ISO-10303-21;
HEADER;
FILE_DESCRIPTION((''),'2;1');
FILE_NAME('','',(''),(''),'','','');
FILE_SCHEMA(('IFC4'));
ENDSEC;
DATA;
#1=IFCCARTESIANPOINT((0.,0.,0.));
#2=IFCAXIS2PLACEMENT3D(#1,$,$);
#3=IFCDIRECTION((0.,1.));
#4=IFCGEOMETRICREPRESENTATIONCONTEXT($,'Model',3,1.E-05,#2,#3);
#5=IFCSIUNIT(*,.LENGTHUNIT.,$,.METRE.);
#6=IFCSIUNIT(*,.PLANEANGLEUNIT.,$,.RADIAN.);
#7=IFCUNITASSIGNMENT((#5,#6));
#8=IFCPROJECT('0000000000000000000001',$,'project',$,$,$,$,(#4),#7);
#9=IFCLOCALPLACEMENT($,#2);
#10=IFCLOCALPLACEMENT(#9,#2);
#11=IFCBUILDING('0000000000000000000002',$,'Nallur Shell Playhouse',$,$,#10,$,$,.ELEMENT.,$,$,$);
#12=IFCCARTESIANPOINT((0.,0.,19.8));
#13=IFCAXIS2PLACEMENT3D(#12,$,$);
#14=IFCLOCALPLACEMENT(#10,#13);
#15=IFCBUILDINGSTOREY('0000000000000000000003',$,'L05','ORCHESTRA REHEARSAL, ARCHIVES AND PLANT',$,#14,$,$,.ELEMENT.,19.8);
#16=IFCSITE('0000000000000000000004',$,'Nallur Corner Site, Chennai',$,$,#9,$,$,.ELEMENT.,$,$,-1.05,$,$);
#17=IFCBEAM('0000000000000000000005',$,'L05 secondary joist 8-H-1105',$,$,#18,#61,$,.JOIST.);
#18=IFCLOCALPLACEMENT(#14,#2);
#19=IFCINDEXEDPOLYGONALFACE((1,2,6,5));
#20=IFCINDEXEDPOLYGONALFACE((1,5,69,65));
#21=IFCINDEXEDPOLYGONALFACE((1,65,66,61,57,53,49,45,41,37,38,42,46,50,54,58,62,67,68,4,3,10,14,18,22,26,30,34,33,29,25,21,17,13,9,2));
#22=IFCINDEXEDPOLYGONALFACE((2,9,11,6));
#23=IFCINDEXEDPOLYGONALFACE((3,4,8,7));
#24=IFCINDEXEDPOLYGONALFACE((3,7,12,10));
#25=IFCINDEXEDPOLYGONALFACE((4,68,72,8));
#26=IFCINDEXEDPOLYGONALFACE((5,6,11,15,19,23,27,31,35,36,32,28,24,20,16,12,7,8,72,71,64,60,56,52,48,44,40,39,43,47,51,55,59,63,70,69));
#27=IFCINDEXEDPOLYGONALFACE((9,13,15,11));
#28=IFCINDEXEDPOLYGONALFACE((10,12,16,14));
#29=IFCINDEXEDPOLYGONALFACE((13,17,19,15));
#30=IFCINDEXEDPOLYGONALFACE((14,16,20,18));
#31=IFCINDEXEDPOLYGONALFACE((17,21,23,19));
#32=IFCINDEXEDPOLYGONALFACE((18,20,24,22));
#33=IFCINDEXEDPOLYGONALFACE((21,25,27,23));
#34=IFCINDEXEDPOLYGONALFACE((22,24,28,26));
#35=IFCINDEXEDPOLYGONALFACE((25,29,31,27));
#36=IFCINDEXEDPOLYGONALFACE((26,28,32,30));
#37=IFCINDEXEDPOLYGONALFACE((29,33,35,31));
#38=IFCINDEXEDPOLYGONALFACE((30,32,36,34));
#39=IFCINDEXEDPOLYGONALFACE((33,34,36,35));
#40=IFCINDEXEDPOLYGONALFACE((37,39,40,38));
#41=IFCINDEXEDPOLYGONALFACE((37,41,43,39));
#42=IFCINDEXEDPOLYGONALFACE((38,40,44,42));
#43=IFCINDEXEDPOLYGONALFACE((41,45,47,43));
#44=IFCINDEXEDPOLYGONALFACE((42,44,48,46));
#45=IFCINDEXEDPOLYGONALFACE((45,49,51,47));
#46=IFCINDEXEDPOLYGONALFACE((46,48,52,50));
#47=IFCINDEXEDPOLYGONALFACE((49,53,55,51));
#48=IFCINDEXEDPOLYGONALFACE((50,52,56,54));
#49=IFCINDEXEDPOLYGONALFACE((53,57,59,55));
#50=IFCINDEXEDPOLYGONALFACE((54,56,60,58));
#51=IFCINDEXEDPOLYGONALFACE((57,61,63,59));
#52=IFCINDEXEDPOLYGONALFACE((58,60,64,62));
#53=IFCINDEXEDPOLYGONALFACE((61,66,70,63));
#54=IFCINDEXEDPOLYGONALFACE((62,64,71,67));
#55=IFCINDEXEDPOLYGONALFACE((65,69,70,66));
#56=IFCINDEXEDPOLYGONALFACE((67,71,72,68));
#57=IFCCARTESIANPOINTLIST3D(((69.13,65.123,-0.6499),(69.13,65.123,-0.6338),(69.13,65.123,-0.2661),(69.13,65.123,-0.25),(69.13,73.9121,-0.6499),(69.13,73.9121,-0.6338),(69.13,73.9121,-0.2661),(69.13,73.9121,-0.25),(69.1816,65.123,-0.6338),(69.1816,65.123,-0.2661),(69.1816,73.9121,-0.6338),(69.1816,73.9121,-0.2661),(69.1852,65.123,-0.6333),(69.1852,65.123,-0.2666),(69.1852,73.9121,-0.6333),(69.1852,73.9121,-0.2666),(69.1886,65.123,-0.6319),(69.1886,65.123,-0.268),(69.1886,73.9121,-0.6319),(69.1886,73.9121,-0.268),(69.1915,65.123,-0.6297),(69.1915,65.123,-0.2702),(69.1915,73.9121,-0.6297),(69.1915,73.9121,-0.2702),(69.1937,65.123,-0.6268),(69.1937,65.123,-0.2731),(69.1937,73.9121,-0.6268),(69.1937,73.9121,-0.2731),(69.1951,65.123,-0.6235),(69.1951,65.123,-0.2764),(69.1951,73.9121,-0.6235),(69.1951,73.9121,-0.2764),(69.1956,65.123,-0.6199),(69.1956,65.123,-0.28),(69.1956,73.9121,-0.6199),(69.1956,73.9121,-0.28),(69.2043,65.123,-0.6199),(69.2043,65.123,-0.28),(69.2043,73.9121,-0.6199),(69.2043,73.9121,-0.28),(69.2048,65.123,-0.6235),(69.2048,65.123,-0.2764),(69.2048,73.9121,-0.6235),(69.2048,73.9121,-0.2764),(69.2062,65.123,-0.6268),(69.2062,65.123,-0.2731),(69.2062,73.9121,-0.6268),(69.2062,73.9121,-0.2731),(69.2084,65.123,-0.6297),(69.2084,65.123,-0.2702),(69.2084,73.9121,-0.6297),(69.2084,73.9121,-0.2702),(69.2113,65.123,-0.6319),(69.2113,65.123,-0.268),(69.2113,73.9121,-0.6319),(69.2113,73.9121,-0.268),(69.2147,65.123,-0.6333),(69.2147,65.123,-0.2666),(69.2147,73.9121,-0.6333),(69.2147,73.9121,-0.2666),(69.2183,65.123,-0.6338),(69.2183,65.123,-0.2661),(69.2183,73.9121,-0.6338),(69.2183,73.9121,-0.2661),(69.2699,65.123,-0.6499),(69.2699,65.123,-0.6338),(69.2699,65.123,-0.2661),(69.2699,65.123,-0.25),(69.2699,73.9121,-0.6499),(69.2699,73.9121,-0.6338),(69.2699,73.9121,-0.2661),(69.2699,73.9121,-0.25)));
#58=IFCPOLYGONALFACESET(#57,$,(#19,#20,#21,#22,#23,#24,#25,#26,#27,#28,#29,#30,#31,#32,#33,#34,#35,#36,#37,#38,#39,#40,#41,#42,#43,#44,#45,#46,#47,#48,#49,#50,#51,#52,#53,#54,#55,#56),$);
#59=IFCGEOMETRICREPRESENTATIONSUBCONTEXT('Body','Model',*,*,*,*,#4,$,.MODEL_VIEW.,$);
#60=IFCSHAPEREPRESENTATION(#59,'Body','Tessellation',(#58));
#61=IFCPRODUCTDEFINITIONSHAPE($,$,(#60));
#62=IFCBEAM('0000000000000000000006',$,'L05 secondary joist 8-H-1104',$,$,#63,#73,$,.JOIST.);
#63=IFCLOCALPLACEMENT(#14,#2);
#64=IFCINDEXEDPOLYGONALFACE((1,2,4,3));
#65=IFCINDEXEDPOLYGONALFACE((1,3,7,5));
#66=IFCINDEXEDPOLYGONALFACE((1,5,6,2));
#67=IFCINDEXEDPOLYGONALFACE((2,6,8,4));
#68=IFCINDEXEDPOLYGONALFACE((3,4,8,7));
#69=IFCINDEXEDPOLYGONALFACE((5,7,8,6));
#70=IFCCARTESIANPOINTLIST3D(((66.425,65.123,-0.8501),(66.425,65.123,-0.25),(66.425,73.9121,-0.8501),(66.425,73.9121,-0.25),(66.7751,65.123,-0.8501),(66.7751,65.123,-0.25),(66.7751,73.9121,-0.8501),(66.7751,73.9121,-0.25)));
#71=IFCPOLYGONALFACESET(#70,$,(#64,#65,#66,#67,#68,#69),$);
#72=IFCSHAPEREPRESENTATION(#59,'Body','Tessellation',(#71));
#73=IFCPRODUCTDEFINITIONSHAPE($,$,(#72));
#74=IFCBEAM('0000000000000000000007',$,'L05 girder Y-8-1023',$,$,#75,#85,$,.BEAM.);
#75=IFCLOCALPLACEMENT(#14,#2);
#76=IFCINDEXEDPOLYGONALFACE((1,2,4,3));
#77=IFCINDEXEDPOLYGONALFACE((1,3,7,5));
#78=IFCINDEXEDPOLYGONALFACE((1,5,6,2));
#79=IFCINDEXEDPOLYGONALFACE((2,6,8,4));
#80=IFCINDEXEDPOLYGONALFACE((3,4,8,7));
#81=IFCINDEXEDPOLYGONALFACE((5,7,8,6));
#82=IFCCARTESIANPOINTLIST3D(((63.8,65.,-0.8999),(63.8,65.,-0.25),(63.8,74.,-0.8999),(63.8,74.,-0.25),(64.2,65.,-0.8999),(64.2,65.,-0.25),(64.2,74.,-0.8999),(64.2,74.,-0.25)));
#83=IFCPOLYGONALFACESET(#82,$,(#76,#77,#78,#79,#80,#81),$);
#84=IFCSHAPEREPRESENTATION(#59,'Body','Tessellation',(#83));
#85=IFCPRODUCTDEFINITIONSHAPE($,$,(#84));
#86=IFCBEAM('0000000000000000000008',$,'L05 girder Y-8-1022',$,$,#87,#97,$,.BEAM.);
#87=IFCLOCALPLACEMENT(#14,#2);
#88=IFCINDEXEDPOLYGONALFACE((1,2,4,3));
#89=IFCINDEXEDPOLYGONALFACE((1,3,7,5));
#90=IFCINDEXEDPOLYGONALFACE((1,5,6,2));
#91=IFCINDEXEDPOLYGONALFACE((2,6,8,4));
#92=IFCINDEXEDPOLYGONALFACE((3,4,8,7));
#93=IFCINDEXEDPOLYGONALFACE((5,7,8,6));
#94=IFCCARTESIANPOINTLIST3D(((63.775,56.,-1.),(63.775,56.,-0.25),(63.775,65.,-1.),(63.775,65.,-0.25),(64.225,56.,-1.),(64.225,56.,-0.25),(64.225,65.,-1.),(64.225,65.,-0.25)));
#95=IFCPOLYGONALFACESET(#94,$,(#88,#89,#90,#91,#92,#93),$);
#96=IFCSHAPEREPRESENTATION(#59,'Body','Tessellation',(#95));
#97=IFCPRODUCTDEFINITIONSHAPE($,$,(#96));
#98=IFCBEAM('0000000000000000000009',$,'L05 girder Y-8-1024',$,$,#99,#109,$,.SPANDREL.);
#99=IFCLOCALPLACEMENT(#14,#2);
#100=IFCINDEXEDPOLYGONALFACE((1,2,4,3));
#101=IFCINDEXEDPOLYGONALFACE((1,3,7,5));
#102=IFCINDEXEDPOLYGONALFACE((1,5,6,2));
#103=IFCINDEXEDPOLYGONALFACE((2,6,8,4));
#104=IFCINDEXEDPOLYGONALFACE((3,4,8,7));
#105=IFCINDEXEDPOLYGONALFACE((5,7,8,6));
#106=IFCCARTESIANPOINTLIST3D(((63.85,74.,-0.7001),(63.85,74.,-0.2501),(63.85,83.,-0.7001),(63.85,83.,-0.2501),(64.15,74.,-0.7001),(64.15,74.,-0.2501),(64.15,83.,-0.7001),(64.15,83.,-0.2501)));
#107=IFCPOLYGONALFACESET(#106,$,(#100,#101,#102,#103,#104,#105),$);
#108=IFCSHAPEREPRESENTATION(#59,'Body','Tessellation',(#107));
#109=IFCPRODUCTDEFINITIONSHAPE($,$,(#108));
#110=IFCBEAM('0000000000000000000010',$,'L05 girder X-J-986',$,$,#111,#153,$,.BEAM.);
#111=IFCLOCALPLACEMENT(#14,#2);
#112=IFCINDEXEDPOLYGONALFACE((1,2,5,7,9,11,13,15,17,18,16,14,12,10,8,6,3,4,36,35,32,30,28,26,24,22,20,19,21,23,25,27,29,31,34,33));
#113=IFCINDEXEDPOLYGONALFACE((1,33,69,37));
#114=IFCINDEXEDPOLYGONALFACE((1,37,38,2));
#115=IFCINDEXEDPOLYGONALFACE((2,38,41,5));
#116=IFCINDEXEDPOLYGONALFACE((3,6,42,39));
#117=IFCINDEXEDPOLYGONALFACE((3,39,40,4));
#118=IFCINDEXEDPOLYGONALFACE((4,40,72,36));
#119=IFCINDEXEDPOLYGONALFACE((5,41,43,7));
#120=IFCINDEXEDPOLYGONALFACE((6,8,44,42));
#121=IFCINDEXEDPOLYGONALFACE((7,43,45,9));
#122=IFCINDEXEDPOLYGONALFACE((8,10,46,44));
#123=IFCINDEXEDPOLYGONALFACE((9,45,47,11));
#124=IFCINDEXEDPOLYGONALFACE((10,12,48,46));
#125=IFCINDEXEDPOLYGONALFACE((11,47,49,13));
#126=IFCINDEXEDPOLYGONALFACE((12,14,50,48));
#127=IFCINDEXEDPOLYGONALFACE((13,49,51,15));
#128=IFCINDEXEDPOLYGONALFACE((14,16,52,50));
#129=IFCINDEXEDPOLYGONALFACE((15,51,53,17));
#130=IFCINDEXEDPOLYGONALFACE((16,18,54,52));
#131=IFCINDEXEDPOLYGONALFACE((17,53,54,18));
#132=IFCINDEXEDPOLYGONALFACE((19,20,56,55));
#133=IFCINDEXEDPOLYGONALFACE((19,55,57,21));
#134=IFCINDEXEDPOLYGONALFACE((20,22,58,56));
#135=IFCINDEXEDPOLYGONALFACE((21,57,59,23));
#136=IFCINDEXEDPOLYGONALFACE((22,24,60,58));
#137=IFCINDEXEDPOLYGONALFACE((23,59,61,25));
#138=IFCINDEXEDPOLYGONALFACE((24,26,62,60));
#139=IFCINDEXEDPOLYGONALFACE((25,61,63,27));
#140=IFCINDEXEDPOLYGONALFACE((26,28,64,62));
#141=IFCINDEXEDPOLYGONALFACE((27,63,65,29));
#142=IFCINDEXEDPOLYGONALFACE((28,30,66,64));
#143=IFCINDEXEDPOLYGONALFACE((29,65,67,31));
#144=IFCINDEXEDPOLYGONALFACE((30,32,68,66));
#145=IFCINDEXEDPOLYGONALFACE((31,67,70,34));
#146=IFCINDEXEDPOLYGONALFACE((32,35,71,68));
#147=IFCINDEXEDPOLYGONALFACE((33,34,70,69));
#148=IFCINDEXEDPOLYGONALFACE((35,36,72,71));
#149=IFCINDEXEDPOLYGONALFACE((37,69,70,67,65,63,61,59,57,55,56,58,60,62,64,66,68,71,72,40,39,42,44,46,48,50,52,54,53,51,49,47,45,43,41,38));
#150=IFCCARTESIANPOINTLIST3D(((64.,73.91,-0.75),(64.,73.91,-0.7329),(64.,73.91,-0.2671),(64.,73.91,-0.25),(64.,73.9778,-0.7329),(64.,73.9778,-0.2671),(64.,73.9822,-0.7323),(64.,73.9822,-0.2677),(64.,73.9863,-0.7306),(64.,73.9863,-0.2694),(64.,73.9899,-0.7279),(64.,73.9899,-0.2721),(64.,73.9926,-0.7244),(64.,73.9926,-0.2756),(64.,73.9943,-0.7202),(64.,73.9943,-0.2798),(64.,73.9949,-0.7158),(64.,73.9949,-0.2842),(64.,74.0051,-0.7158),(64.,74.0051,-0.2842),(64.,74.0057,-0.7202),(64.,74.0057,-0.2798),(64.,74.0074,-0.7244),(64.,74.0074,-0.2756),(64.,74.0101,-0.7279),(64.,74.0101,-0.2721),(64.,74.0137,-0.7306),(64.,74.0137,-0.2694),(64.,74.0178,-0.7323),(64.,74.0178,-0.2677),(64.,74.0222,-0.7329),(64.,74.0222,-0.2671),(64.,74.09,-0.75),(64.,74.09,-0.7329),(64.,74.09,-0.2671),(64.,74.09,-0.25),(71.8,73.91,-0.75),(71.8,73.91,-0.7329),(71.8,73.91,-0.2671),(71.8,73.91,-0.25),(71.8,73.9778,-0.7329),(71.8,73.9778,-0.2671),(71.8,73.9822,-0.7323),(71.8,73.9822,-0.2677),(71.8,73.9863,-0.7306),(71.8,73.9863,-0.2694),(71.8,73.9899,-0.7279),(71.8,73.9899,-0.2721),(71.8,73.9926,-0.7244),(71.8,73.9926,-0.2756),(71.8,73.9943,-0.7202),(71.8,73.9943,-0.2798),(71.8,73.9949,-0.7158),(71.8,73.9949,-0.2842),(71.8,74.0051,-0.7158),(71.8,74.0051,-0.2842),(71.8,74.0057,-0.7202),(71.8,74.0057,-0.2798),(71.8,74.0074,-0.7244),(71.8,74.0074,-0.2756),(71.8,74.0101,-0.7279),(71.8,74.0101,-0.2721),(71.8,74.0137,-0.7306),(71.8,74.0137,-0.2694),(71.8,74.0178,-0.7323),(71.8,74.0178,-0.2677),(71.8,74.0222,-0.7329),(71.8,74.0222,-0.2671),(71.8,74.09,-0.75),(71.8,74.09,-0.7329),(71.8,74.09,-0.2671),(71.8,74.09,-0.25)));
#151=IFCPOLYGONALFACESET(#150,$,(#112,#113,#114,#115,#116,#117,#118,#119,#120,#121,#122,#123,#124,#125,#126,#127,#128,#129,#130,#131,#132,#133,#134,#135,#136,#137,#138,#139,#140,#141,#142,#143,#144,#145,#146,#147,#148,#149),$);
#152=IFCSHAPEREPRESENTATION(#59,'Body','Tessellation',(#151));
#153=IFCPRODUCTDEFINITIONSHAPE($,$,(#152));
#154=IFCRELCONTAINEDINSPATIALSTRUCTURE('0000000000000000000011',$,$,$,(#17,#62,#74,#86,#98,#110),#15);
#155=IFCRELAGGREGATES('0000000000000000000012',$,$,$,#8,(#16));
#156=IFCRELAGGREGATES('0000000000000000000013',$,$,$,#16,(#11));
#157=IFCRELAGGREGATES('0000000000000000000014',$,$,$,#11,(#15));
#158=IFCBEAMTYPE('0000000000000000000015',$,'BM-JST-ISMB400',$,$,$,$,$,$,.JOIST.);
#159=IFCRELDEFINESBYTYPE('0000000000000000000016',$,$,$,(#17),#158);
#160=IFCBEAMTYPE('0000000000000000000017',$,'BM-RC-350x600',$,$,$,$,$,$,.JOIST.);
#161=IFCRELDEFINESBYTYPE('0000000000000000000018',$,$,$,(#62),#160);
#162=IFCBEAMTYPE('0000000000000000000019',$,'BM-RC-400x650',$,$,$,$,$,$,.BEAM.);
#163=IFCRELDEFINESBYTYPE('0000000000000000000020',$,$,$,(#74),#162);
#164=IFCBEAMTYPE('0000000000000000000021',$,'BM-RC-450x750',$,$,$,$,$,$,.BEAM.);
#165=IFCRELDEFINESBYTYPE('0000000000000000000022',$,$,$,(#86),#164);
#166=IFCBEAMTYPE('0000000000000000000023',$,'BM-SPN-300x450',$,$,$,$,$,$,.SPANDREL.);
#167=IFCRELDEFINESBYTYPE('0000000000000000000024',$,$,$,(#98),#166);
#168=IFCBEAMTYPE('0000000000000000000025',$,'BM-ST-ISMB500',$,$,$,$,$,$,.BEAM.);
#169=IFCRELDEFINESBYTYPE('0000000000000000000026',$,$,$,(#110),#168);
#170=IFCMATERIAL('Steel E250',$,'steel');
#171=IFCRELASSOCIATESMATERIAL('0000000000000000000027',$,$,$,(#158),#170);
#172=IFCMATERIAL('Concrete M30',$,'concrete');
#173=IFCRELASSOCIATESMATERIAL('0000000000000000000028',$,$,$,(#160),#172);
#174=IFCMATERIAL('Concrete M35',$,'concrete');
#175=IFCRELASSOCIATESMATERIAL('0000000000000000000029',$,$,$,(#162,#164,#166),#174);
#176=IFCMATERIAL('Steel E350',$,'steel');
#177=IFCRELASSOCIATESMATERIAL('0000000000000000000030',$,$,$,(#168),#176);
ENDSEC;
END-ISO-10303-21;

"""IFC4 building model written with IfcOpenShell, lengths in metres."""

from ifc_helpers import new_model, si_unit, direction, frame, origin, origin_2d, place, context, subcontext, project, spatial, rectangle, i_section, extrude, material, material_profile, profile_set, type_object, element, save


model = new_model("IFC4")

# Units and contexts
model_context = context("Model", 3, precision=1e-05, world=origin(), true_north=direction((0.0, 1.0)))
body_context = subcontext(model_context, "Body", "Model", "MODEL_VIEW")
ifc_project = project(units=[si_unit("LENGTHUNIT", "METRE"), si_unit("PLANEANGLEUNIT", "RADIAN")], contexts=[model_context])

# Site, building, storey
site_placement = place(None, origin())
site = spatial("IfcSite", under=ifc_project, at=site_placement, Name="Nallur Corner Site, Chennai", CompositionType="ELEMENT", RefElevation=-1.05)
building_placement = place(site_placement, origin())
building = spatial("IfcBuilding", under=site, at=building_placement, Name="Nallur Shell Playhouse", CompositionType="ELEMENT")
storey_placement = place(building_placement, frame((0.0, 0.0, 19.8)))
storey = spatial("IfcBuildingStorey", under=building, at=storey_placement, Name="L05", Description="ORCHESTRA REHEARSAL, ARCHIVES AND PLANT", CompositionType="ELEMENT", Elevation=19.8)

# Shared definitions
ifc_material_1 = material(Name="Steel E350", Category="steel")

# Beams
ifc_material_2 = material(Name="Steel E250", Category="steel")
ifc_material_profile_1 = material_profile(ifc_material_2, i_section(OverallWidth=0.1399, OverallDepth=0.3999, WebThickness=0.0088, FlangeThickness=0.0161, FilletRadius=0.0139, at=origin_2d()), Name="ISMB 400")
ifc_profile_set_1 = profile_set([ifc_material_profile_1], Name="Steel E250")
beam_type_1 = type_object("IfcBeamType", Name="BM-JST-ISMB400", PredefinedType="JOIST", material=ifc_profile_set_1)
beam_1_placement = place(storey_placement, frame((69.2, 65.123, -0.45), z_axis=(0.0, 1.0, 0.0), x_axis=(-1.0, 0.0, 0.0)))
element("IfcBeam", 1, at=beam_1_placement, inside=storey, type_object=beam_type_1, Name="L05 secondary joist 8-H-1105", PredefinedType="JOIST", context=body_context, shape_type="SweptSolid", body=[
    extrude(i_section(OverallWidth=0.1399, OverallDepth=0.3999, WebThickness=0.0088, FlangeThickness=0.0161, FilletRadius=0.0139, at=origin_2d()), origin(), (0.0, 0.0, 1.0), 8.7891),
])
ifc_material_3 = material(Name="Concrete M30", Category="concrete")
ifc_material_profile_2 = material_profile(ifc_material_3, rectangle(XDim=0.3501, YDim=0.6001, at=origin_2d()), Name="RC 350x600")
ifc_profile_set_2 = profile_set([ifc_material_profile_2], Name="Concrete M30")
beam_type_2 = type_object("IfcBeamType", Name="BM-RC-350x600", PredefinedType="JOIST", material=ifc_profile_set_2)
beam_2_placement = place(storey_placement, frame((66.6001, 65.123, -0.55), z_axis=(0.0, 1.0, 0.0), x_axis=(-1.0, 0.0, 0.0)))
element("IfcBeam", 2, at=beam_2_placement, inside=storey, type_object=beam_type_2, Name="L05 secondary joist 8-H-1104", PredefinedType="JOIST", context=body_context, shape_type="SweptSolid", body=[
    extrude(rectangle(XDim=0.3501, YDim=0.6001, at=origin_2d()), origin(), (0.0, 0.0, 1.0), 8.7891),
])
ifc_material_4 = material(Name="Concrete M35", Category="concrete")
ifc_material_profile_3 = material_profile(ifc_material_4, rectangle(XDim=0.3999, YDim=0.6499, at=origin_2d()), Name="RC 400x650")
ifc_profile_set_3 = profile_set([ifc_material_profile_3], Name="Concrete M35")
beam_type_3 = type_object("IfcBeamType", Name="BM-RC-400x650", PredefinedType="BEAM", material=ifc_profile_set_3)
beam_3_placement = place(storey_placement, frame((64.0, 65.0, -0.575), z_axis=(0.0, 1.0, 0.0), x_axis=(-1.0, 0.0, 0.0)))
element("IfcBeam", 3, at=beam_3_placement, inside=storey, type_object=beam_type_3, Name="L05 girder Y-8-1023", PredefinedType="BEAM", context=body_context, shape_type="SweptSolid", body=[
    extrude(rectangle(XDim=0.3999, YDim=0.6499, at=origin_2d()), origin(), (0.0, 0.0, 1.0), 9.0),
])
ifc_material_profile_4 = material_profile(ifc_material_4, rectangle(XDim=0.45, YDim=0.75, at=origin_2d()), Name="RC 450x750")
ifc_profile_set_4 = profile_set([ifc_material_profile_4], Name="Concrete M35")
beam_type_4 = type_object("IfcBeamType", Name="BM-RC-450x750", PredefinedType="BEAM", material=ifc_profile_set_4)
beam_4_placement = place(storey_placement, frame((64.0, 56.0, -0.625), z_axis=(0.0, 1.0, 0.0), x_axis=(-1.0, 0.0, 0.0)))
element("IfcBeam", 4, at=beam_4_placement, inside=storey, type_object=beam_type_4, Name="L05 girder Y-8-1022", PredefinedType="BEAM", context=body_context, shape_type="SweptSolid", body=[
    extrude(rectangle(XDim=0.45, YDim=0.75, at=origin_2d()), origin(), (0.0, 0.0, 1.0), 9.0),
])
ifc_material_profile_5 = material_profile(ifc_material_4, rectangle(XDim=0.3, YDim=0.45, at=origin_2d()), Name="RC 300x450")
ifc_profile_set_5 = profile_set([ifc_material_profile_5], Name="Concrete M35")
beam_type_5 = type_object("IfcBeamType", Name="BM-SPN-300x450", PredefinedType="SPANDREL", material=ifc_profile_set_5)
beam_5_placement = place(storey_placement, frame((64.0, 74.0, -0.4751), z_axis=(0.0, 1.0, 0.0), x_axis=(-1.0, 0.0, 0.0)))
element("IfcBeam", 5, at=beam_5_placement, inside=storey, type_object=beam_type_5, Name="L05 girder Y-8-1024", PredefinedType="SPANDREL", context=body_context, shape_type="SweptSolid", body=[
    extrude(rectangle(XDim=0.3, YDim=0.45, at=origin_2d()), origin(), (0.0, 0.0, 1.0), 9.0),
])
ifc_material_profile_6 = material_profile(ifc_material_1, i_section(OverallWidth=0.1799, OverallDepth=0.5, WebThickness=0.0103, FlangeThickness=0.0171, FilletRadius=0.0171, at=origin_2d()), Name="ISMB 500")
ifc_profile_set_6 = profile_set([ifc_material_profile_6], Name="Steel E350")
beam_type_6 = type_object("IfcBeamType", Name="BM-ST-ISMB500", PredefinedType="BEAM", material=ifc_profile_set_6)
beam_6_placement = place(storey_placement, frame((64.0, 74.0, -0.5), z_axis=(1.0, 0.0, 0.0), x_axis=(0.0, 1.0, 0.0)))
element("IfcBeam", 6, at=beam_6_placement, inside=storey, type_object=beam_type_6, Name="L05 girder X-J-986", PredefinedType="BEAM", context=body_context, shape_type="SweptSolid", body=[
    extrude(i_section(OverallWidth=0.1799, OverallDepth=0.5, WebThickness=0.0103, FlangeThickness=0.0171, FilletRadius=0.0171, at=origin_2d()), origin(), (0.0, 0.0, 1.0), 7.8),
])

save(model, "model.ifc")
